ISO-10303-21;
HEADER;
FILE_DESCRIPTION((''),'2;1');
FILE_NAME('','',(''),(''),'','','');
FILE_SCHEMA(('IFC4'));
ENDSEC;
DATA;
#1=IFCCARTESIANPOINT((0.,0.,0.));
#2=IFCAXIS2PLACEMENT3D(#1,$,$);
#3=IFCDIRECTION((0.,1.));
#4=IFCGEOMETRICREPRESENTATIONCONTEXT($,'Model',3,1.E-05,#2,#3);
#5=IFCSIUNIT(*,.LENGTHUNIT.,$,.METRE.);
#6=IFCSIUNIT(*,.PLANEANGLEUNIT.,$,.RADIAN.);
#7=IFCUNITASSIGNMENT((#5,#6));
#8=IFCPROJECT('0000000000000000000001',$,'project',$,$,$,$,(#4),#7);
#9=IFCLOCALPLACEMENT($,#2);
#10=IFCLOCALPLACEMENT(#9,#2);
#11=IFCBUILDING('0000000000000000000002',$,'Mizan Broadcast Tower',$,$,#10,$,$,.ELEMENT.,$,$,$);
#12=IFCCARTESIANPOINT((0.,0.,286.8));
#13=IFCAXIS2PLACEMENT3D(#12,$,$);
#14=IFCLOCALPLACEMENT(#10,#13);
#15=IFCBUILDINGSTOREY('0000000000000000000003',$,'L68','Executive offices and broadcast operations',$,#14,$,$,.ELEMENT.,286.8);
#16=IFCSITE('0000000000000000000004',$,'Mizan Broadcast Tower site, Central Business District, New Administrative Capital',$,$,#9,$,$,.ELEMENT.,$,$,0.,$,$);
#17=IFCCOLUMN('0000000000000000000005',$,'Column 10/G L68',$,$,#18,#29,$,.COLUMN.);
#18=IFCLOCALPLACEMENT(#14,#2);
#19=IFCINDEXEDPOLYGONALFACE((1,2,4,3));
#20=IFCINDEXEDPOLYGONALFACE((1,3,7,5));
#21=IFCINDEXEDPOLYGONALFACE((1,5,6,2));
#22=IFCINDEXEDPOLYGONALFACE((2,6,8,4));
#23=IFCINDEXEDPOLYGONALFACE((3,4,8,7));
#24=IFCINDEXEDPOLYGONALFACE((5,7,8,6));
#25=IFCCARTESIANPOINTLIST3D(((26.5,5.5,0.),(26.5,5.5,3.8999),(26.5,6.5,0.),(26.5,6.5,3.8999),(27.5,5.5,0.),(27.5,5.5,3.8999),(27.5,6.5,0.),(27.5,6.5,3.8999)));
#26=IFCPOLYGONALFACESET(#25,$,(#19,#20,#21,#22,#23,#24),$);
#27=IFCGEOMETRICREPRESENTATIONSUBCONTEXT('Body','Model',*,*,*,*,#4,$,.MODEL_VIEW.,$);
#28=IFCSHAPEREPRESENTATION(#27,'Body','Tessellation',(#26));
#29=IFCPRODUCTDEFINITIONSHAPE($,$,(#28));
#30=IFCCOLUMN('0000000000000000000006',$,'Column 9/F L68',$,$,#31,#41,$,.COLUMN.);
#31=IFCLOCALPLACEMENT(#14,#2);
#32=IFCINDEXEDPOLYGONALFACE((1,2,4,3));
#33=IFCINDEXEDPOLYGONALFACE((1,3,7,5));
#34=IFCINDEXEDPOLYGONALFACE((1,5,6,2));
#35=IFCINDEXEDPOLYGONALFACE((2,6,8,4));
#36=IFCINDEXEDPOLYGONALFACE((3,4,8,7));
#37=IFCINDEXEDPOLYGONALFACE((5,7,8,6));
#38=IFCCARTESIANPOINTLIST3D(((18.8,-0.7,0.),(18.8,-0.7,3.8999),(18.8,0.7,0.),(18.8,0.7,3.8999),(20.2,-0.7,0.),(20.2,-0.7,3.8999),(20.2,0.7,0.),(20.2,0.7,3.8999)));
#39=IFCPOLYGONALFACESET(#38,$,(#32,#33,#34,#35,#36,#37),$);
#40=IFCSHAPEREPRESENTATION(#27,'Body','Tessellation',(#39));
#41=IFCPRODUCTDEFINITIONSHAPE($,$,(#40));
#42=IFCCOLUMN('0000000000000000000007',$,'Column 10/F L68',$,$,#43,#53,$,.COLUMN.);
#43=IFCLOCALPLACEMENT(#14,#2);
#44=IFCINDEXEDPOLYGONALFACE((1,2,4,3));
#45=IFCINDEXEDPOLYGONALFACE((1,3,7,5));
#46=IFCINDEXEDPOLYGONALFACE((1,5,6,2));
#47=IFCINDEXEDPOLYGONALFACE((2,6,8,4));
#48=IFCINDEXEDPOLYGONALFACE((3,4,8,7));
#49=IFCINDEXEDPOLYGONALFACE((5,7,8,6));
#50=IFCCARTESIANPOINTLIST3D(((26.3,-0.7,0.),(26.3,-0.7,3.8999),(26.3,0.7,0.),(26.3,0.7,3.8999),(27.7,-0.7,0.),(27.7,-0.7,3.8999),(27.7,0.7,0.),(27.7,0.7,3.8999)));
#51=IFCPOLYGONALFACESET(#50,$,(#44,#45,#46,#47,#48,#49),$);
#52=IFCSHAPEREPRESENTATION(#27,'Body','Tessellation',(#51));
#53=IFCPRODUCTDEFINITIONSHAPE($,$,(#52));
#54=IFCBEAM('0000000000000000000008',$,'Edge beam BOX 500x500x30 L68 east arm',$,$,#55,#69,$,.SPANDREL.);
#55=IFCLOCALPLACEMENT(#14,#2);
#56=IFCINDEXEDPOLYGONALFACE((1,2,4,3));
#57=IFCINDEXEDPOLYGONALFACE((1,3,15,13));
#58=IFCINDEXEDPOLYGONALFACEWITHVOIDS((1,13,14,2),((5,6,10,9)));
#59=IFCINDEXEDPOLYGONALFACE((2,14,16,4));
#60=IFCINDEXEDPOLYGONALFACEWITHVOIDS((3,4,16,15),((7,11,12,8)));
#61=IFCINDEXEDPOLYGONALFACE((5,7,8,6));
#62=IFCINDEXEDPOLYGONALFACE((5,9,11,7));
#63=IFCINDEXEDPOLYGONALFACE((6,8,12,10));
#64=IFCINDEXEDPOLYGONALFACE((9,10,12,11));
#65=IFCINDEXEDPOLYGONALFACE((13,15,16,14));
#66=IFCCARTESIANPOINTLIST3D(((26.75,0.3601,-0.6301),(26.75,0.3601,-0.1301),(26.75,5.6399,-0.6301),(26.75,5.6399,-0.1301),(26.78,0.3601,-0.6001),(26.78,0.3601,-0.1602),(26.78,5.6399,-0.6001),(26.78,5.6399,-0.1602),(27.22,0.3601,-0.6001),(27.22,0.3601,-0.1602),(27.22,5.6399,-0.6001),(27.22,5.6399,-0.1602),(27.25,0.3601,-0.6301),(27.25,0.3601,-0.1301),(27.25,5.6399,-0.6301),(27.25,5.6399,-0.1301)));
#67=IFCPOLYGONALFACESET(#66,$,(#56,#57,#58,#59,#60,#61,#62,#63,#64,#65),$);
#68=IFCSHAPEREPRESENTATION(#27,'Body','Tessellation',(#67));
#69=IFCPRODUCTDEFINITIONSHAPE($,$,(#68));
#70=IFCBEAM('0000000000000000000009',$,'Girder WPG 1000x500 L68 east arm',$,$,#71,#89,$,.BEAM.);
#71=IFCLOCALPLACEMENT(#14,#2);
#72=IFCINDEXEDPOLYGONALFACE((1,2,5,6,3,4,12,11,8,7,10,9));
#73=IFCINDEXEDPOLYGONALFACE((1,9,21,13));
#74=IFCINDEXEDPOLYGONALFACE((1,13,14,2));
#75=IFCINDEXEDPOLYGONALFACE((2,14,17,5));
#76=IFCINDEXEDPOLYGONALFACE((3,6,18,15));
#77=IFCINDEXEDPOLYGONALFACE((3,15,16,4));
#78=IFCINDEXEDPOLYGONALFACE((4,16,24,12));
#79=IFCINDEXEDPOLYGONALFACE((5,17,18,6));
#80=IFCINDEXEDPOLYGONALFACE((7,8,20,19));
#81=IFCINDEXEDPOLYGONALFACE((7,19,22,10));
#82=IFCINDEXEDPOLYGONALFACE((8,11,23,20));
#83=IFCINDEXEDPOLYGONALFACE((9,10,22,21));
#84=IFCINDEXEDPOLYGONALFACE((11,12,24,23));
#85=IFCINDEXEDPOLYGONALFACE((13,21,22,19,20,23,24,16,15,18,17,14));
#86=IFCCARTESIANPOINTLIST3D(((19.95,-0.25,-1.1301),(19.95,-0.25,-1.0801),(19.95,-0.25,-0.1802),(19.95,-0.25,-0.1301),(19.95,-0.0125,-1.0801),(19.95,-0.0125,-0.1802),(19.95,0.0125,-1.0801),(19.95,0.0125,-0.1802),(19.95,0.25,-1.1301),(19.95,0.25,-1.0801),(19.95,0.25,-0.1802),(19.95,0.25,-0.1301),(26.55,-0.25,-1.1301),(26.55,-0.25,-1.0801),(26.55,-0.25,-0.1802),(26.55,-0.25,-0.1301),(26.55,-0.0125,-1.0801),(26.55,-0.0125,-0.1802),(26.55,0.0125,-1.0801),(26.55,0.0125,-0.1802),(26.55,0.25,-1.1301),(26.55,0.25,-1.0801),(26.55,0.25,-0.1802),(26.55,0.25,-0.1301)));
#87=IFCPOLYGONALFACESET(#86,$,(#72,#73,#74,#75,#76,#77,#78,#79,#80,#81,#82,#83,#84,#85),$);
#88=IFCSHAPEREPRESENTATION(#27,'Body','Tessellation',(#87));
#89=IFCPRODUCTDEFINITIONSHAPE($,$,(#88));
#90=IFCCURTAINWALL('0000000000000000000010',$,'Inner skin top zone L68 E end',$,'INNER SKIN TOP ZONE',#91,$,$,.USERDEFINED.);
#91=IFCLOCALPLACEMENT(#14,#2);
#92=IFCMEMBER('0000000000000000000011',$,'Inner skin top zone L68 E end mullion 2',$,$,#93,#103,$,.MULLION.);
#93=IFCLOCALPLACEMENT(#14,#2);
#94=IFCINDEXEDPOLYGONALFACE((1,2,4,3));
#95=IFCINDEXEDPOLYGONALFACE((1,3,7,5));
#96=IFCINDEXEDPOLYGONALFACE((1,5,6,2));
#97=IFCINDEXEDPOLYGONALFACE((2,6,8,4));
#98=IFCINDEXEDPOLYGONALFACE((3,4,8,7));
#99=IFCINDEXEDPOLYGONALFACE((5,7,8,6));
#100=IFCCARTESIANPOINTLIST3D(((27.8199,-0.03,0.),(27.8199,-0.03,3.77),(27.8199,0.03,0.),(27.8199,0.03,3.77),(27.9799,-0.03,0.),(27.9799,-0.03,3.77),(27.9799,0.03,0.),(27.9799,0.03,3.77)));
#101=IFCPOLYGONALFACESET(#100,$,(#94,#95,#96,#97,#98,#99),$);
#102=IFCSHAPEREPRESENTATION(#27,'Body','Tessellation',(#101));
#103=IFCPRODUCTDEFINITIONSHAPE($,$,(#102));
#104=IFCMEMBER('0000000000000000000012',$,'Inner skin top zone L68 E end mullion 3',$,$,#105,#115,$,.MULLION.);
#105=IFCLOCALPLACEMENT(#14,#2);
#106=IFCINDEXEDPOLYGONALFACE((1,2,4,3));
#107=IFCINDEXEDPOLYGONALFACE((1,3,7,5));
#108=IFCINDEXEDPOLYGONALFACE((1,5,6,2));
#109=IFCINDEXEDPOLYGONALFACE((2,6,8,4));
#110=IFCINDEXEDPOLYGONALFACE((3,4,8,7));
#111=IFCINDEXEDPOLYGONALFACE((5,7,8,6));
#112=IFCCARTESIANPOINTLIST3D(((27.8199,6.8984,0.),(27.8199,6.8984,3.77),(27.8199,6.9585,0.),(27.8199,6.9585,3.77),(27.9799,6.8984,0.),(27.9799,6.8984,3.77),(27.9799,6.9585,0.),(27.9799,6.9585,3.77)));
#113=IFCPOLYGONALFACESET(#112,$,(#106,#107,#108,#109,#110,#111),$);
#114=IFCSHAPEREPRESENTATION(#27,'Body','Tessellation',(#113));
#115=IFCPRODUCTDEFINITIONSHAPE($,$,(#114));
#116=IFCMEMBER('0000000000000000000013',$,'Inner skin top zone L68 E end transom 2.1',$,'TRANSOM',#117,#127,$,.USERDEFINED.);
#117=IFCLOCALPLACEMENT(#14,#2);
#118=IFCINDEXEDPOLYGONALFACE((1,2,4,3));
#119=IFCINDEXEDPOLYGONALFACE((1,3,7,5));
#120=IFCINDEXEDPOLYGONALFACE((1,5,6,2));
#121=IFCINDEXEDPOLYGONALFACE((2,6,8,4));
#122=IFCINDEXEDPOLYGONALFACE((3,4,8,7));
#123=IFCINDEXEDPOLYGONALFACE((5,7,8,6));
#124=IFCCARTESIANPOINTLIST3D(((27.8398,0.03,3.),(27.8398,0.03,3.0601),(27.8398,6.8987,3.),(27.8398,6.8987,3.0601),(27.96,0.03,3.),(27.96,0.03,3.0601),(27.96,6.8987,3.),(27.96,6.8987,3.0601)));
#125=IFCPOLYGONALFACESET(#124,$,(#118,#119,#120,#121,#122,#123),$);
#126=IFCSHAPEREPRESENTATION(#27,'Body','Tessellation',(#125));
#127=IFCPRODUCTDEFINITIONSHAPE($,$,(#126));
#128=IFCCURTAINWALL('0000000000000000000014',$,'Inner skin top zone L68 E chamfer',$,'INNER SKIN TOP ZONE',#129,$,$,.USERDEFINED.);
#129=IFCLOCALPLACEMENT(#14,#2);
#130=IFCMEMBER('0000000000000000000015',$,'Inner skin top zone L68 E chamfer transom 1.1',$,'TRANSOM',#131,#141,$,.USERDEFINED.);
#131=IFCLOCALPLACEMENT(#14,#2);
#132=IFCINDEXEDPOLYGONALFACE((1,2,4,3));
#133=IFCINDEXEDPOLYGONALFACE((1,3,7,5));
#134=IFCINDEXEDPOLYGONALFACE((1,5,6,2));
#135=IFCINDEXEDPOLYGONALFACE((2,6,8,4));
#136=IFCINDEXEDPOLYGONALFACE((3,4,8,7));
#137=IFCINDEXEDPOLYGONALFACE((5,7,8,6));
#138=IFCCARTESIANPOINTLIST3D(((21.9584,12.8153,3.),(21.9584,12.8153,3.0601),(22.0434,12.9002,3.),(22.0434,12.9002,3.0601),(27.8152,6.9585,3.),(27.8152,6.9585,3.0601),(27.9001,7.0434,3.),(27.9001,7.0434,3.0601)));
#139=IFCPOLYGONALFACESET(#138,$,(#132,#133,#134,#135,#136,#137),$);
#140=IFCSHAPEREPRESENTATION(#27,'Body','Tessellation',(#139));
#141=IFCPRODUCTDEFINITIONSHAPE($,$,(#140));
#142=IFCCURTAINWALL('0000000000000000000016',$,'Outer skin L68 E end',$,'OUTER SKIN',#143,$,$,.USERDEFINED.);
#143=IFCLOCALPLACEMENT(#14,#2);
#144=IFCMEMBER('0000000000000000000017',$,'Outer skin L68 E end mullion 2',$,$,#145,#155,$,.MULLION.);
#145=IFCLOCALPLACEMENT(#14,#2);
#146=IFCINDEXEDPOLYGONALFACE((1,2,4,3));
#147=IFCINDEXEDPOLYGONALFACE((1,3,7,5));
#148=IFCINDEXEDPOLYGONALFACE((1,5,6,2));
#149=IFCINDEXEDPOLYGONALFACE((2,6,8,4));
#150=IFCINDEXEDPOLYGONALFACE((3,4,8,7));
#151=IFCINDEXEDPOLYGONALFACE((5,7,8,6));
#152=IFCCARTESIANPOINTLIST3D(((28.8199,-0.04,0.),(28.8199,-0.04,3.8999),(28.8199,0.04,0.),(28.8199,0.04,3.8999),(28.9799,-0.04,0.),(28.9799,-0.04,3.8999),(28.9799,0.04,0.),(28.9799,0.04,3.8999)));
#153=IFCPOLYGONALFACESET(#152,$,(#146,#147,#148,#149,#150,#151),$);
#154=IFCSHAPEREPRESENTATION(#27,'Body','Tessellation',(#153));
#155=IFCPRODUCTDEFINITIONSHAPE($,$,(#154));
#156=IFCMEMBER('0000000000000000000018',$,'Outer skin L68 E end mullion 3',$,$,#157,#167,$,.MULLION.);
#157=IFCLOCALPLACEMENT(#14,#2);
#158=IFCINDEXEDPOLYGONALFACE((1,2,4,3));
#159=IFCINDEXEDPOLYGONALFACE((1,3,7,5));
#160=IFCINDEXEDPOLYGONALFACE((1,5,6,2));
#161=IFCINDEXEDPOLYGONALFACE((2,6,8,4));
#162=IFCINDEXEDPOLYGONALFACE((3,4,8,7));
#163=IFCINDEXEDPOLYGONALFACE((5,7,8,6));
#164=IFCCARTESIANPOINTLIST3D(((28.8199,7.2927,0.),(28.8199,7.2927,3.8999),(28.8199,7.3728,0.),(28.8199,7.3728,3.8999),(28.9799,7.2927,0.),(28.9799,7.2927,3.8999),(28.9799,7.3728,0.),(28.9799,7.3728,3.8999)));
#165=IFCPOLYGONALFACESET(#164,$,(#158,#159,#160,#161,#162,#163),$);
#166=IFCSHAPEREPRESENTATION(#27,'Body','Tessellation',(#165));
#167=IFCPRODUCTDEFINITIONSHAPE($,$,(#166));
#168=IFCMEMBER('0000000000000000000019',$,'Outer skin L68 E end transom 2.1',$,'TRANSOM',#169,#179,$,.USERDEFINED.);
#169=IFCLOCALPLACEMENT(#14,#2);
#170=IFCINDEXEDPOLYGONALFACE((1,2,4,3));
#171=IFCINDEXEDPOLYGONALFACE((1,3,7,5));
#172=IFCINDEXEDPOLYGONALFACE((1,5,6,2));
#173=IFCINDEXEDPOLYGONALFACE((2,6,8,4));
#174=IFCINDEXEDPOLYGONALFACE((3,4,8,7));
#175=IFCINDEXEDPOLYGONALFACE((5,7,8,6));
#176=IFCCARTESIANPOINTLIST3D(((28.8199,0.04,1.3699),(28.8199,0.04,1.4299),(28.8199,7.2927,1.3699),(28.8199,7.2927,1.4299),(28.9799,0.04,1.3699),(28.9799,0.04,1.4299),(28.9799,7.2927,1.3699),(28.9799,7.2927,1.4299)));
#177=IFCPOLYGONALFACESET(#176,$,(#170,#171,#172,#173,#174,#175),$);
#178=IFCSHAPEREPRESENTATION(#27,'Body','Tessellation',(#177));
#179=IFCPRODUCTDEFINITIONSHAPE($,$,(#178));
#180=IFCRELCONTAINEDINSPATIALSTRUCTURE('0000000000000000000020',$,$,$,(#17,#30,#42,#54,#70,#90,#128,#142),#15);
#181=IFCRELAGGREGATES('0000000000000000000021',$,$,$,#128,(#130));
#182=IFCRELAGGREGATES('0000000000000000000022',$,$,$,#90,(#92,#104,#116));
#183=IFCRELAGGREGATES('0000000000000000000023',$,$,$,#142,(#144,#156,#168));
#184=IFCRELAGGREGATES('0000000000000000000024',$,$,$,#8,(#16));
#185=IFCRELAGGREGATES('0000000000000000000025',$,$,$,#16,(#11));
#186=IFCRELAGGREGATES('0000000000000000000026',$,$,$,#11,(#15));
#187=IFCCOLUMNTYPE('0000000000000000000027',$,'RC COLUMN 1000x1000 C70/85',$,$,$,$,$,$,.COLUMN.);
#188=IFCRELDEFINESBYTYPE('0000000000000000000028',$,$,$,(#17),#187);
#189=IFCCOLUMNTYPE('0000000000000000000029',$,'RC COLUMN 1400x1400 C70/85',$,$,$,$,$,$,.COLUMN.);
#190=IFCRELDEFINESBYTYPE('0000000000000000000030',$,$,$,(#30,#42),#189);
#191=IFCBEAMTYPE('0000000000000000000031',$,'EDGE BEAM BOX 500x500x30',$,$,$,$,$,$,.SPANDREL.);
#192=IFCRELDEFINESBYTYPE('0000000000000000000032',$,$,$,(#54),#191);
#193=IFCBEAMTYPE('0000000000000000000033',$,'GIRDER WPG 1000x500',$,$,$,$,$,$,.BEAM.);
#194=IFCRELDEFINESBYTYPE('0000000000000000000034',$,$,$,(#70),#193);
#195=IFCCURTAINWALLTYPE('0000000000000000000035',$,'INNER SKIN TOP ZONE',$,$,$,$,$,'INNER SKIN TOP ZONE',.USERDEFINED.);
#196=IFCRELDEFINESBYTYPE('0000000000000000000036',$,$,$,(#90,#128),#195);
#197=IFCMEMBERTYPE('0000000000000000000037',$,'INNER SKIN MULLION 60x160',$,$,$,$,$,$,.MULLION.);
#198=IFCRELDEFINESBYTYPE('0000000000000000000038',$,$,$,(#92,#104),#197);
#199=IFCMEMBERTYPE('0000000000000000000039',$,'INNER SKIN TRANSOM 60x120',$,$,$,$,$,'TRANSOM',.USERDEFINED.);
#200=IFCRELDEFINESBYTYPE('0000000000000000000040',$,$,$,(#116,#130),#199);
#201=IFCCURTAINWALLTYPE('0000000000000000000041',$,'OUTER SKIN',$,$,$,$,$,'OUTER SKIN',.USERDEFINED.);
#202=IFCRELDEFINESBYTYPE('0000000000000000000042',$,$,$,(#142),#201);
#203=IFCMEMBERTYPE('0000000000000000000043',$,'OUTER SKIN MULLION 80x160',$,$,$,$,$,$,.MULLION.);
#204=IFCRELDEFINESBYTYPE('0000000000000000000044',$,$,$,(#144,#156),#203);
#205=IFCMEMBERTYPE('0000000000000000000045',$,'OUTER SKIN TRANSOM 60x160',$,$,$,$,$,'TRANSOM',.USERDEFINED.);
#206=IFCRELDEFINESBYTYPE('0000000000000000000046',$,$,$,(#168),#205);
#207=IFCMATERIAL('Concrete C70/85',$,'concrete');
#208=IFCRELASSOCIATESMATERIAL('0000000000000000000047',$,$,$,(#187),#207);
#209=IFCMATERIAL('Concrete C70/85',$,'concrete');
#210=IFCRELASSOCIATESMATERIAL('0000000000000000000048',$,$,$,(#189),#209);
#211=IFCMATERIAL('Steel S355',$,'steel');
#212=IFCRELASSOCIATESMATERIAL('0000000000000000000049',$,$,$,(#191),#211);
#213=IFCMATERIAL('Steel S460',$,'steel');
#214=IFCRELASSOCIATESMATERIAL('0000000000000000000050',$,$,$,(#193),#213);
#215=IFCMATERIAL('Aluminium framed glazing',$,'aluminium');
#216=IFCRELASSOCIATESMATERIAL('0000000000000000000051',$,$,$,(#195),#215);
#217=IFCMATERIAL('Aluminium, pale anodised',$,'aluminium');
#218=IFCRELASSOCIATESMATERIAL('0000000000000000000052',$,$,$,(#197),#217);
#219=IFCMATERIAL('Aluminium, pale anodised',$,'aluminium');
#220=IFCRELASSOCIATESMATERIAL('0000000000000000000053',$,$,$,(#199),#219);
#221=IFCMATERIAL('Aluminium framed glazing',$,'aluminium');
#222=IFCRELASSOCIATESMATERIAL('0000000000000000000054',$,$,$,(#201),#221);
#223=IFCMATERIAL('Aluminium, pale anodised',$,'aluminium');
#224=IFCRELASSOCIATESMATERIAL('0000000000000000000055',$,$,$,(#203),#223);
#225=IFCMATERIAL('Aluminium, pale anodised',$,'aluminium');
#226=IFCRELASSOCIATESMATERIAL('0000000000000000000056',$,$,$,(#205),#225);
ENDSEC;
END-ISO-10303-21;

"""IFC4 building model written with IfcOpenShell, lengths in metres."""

from ifc_helpers import new_model, si_unit, direction, frame, origin, origin_2d, place, context, subcontext, project, spatial, rectangle, hollow_rectangle, i_section, extrude, material, material_profile, profile_set, type_object, element, aggregate, save


model = new_model("IFC4")

# Units and contexts
model_context = context("Model", 3, precision=1e-05, world=origin(), true_north=direction((0.0, 1.0)))
body_context = subcontext(model_context, "Body", "Model", "MODEL_VIEW")
ifc_project = project(units=[si_unit("LENGTHUNIT", "METRE"), si_unit("PLANEANGLEUNIT", "RADIAN")], contexts=[model_context])

# Site, building, storey
site_placement = place(None, origin())
site = spatial("IfcSite", under=ifc_project, at=site_placement, Name="Mizan Broadcast Tower site, Central Business District, New Administrative Capital", CompositionType="ELEMENT", RefElevation=0.0)
building_placement = place(site_placement, origin())
building = spatial("IfcBuilding", under=site, at=building_placement, Name="Mizan Broadcast Tower", CompositionType="ELEMENT")
storey_placement = place(building_placement, frame((0.0, 0.0, 286.8)))
storey = spatial("IfcBuildingStorey", under=building, at=storey_placement, Name="L68", Description="Executive offices and broadcast operations", CompositionType="ELEMENT", Elevation=286.8)

# Columns
ifc_material_1 = material(Name="Concrete C70/85", Category="concrete")
ifc_material_profile_1 = material_profile(ifc_material_1, rectangle(XDim=1.0, YDim=1.0, at=origin_2d()), Name="RC 1000x1000")
ifc_profile_set_1 = profile_set([ifc_material_profile_1], Name="Concrete C70/85")
column_type_1 = type_object("IfcColumnType", Name="RC COLUMN 1000x1000 C70/85", PredefinedType="COLUMN", material=ifc_profile_set_1)
column_placement = place(storey_placement, frame((27.0, 6.0, 0.0), z_axis=(0.0, 0.0, 1.0), x_axis=(1.0, 0.0, 0.0)))
element("IfcColumn", 1, at=column_placement, inside=storey, type_object=column_type_1, Name="Column 10/G L68", PredefinedType="COLUMN", context=body_context, shape_type="SweptSolid", body=[
    extrude(rectangle(XDim=1.0, YDim=1.0, at=origin_2d()), origin(), (0.0, 0.0, 1.0), 3.8999),
])
ifc_material_2 = material(Name="Concrete C70/85", Category="concrete")
ifc_material_profile_2 = material_profile(ifc_material_2, rectangle(XDim=1.3999, YDim=1.3999, at=origin_2d()), Name="RC 1400x1400")
ifc_profile_set_2 = profile_set([ifc_material_profile_2], Name="Concrete C70/85")
column_type_2 = type_object("IfcColumnType", Name="RC COLUMN 1400x1400 C70/85", PredefinedType="COLUMN", material=ifc_profile_set_2)
for number, where, z_axis, x_axis, name in (
    (2, (19.5, 0.0, 0.0), (0.0, 0.0, 1.0), (1.0, 0.0, 0.0), "Column 9/F L68"),
    (3, (27.0, 0.0, 0.0), (0.0, 0.0, 1.0), (1.0, 0.0, 0.0), "Column 10/F L68"),
):
    element("IfcColumn", number, at=place(storey_placement, frame(where, z_axis=z_axis, x_axis=x_axis)), inside=storey, type_object=column_type_2, Name=name, PredefinedType="COLUMN", context=body_context, shape_type="SweptSolid", body=[
        extrude(rectangle(XDim=1.3999, YDim=1.3999, at=origin_2d()), origin(), (0.0, 0.0, 1.0), 3.8999),
    ])

# Beams
ifc_material_3 = material(Name="Steel S355", Category="steel")
ifc_material_profile_3 = material_profile(ifc_material_3, hollow_rectangle(XDim=0.5, YDim=0.5, WallThickness=0.03, at=origin_2d()), Name="BOX 500x500x30")
ifc_profile_set_3 = profile_set([ifc_material_profile_3], Name="Steel S355")
beam_type_1 = type_object("IfcBeamType", Name="EDGE BEAM BOX 500x500x30", PredefinedType="SPANDREL", material=ifc_profile_set_3)
beam_1_placement = place(storey_placement, frame((27.0, 5.6399, -0.3801), z_axis=(0.0, -1.0, 0.0), x_axis=(1.0, 0.0, 0.0)))
element("IfcBeam", 4, at=beam_1_placement, inside=storey, type_object=beam_type_1, Name="Edge beam BOX 500x500x30 L68 east arm", PredefinedType="SPANDREL", context=body_context, shape_type="SweptSolid", body=[
    extrude(hollow_rectangle(XDim=0.5, YDim=0.5, WallThickness=0.03, at=origin_2d()), origin(), (0.0, 0.0, 1.0), 5.2798),
])
ifc_material_4 = material(Name="Steel S460", Category="steel")
ifc_material_profile_4 = material_profile(ifc_material_4, i_section(OverallWidth=0.5, OverallDepth=1.0, WebThickness=0.0249, FlangeThickness=0.05, at=origin_2d()), Name="WPG 1000x500")
ifc_profile_set_4 = profile_set([ifc_material_profile_4], Name="Steel S460")
beam_type_2 = type_object("IfcBeamType", Name="GIRDER WPG 1000x500", PredefinedType="BEAM", material=ifc_profile_set_4)
beam_2_placement = place(storey_placement, frame((19.95, 0.0, -0.6301), z_axis=(1.0, 0.0, 0.0), x_axis=(0.0, 1.0, 0.0)))
element("IfcBeam", 5, at=beam_2_placement, inside=storey, type_object=beam_type_2, Name="Girder WPG 1000x500 L68 east arm", PredefinedType="BEAM", context=body_context, shape_type="SweptSolid", body=[
    extrude(i_section(OverallWidth=0.5, OverallDepth=1.0, WebThickness=0.0249, FlangeThickness=0.05, at=origin_2d()), origin(), (0.0, 0.0, 1.0), 6.6001),
])

# Curtain wall, members
ifc_material_5 = material(Name="Aluminium framed glazing", Category="aluminium")
curtain_wall_type_1 = type_object("IfcCurtainWallType", Name="INNER SKIN TOP ZONE", ElementType="INNER SKIN TOP ZONE", PredefinedType="USERDEFINED", material=ifc_material_5)
curtain_wall_1_placement = place(storey_placement, origin())
curtain_wall_1 = element("IfcCurtainWall", 6, at=curtain_wall_1_placement, inside=storey, type_object=curtain_wall_type_1, Name="Inner skin top zone L68 E end", ObjectType="INNER SKIN TOP ZONE", PredefinedType="USERDEFINED")
ifc_material_6 = material(Name="Aluminium, pale anodised", Category="aluminium")
ifc_material_profile_5 = material_profile(ifc_material_6, rectangle(XDim=0.1599, YDim=0.0601, at=origin_2d()), Name="MULLION 160x60")
ifc_profile_set_5 = profile_set([ifc_material_profile_5], Name="Aluminium, pale anodised")
member_type_1 = type_object("IfcMemberType", Name="INNER SKIN MULLION 60x160", PredefinedType="MULLION", material=ifc_profile_set_5)
member_1_placement = place(storey_placement, frame((27.8999, 0.0, 0.0), z_axis=(0.0, 0.0, 1.0), x_axis=(-1.0, 0.0, 0.0)))
member_1 = element("IfcMember", 7, at=member_1_placement, type_object=member_type_1, Name="Inner skin top zone L68 E end mullion 2", PredefinedType="MULLION", context=body_context, shape_type="SweptSolid", body=[
    extrude(rectangle(XDim=0.1599, YDim=0.0601, at=origin_2d()), origin(), (0.0, 0.0, 1.0), 3.77),
])
member_2_placement = place(storey_placement, frame((27.8999, 6.9285, 0.0), z_axis=(0.0, 0.0, 1.0), x_axis=(-1.0, 0.0, 0.0)))
member_2 = element("IfcMember", 8, at=member_2_placement, type_object=member_type_1, Name="Inner skin top zone L68 E end mullion 3", PredefinedType="MULLION", context=body_context, shape_type="SweptSolid", body=[
    extrude(rectangle(XDim=0.1599, YDim=0.0601, at=origin_2d()), origin(), (0.0, 0.0, 1.0), 3.77),
])
ifc_material_7 = material(Name="Aluminium, pale anodised", Category="aluminium")
ifc_material_profile_6 = material_profile(ifc_material_7, rectangle(XDim=0.1201, YDim=0.0601, at=origin_2d()), Name="TRANSOM 120x60")
ifc_profile_set_6 = profile_set([ifc_material_profile_6], Name="Aluminium, pale anodised")
member_type_2 = type_object("IfcMemberType", Name="INNER SKIN TRANSOM 60x120", ElementType="TRANSOM", PredefinedType="USERDEFINED", material=ifc_profile_set_6)
member_3_placement = place(storey_placement, frame((27.8999, 0.03, 3.03), z_axis=(0.0, 1.0, 0.0), x_axis=(-1.0, 0.0, 0.0)))
member_3 = element("IfcMember", 9, at=member_3_placement, type_object=member_type_2, Name="Inner skin top zone L68 E end transom 2.1", ObjectType="TRANSOM", PredefinedType="USERDEFINED", context=body_context, shape_type="SweptSolid", body=[
    extrude(rectangle(XDim=0.1201, YDim=0.0601, at=origin_2d()), origin(), (0.0, 0.0, 1.0), 6.8687),
])

# Curtain wall, member
curtain_wall_2_placement = place(storey_placement, origin())
curtain_wall_2 = element("IfcCurtainWall", 10, at=curtain_wall_2_placement, inside=storey, type_object=curtain_wall_type_1, Name="Inner skin top zone L68 E chamfer", ObjectType="INNER SKIN TOP ZONE", PredefinedType="USERDEFINED")
member_4_placement = place(storey_placement, frame((27.8577, 7.001, 3.03), z_axis=(-0.707107, 0.707107, 0.0), x_axis=(-0.707107, -0.707107, 0.0)))
member_4 = element("IfcMember", 11, at=member_4_placement, type_object=member_type_2, Name="Inner skin top zone L68 E chamfer transom 1.1", ObjectType="TRANSOM", PredefinedType="USERDEFINED", context=body_context, shape_type="SweptSolid", body=[
    extrude(rectangle(XDim=0.1201, YDim=0.0601, at=origin_2d()), origin(), (0.0, 0.0, 1.0), 8.2827),
])
aggregate(curtain_wall_2, [member_4])

# Curtain wall, members
ifc_material_8 = material(Name="Aluminium framed glazing", Category="aluminium")
curtain_wall_type_2 = type_object("IfcCurtainWallType", Name="OUTER SKIN", ElementType="OUTER SKIN", PredefinedType="USERDEFINED", material=ifc_material_8)
curtain_wall_3_placement = place(storey_placement, origin())
curtain_wall_3 = element("IfcCurtainWall", 12, at=curtain_wall_3_placement, inside=storey, type_object=curtain_wall_type_2, Name="Outer skin L68 E end", ObjectType="OUTER SKIN", PredefinedType="USERDEFINED")
ifc_material_9 = material(Name="Aluminium, pale anodised", Category="aluminium")
ifc_material_profile_7 = material_profile(ifc_material_9, rectangle(XDim=0.1599, YDim=0.0801, at=origin_2d()), Name="MULLION 160x80")
ifc_profile_set_7 = profile_set([ifc_material_profile_7], Name="Aluminium, pale anodised")
member_type_3 = type_object("IfcMemberType", Name="OUTER SKIN MULLION 80x160", PredefinedType="MULLION", material=ifc_profile_set_7)
member_5_placement = place(storey_placement, frame((28.8999, 0.0, 0.0), z_axis=(0.0, 0.0, 1.0), x_axis=(-1.0, 0.0, 0.0)))
member_5 = element("IfcMember", 13, at=member_5_placement, type_object=member_type_3, Name="Outer skin L68 E end mullion 2", PredefinedType="MULLION", context=body_context, shape_type="SweptSolid", body=[
    extrude(rectangle(XDim=0.1599, YDim=0.0801, at=origin_2d()), origin(), (0.0, 0.0, 1.0), 3.8999),
])
member_6_placement = place(storey_placement, frame((28.8999, 7.3328, 0.0), z_axis=(0.0, 0.0, 1.0), x_axis=(-1.0, 0.0, 0.0)))
member_6 = element("IfcMember", 14, at=member_6_placement, type_object=member_type_3, Name="Outer skin L68 E end mullion 3", PredefinedType="MULLION", context=body_context, shape_type="SweptSolid", body=[
    extrude(rectangle(XDim=0.1599, YDim=0.0801, at=origin_2d()), origin(), (0.0, 0.0, 1.0), 3.8999),
])
ifc_material_10 = material(Name="Aluminium, pale anodised", Category="aluminium")
ifc_material_profile_8 = material_profile(ifc_material_10, rectangle(XDim=0.1599, YDim=0.0601, at=origin_2d()), Name="TRANSOM 160x60")
ifc_profile_set_8 = profile_set([ifc_material_profile_8], Name="Aluminium, pale anodised")
member_type_4 = type_object("IfcMemberType", Name="OUTER SKIN TRANSOM 60x160", ElementType="TRANSOM", PredefinedType="USERDEFINED", material=ifc_profile_set_8)
member_7_placement = place(storey_placement, frame((28.8999, 0.04, 1.3999), z_axis=(0.0, 1.0, 0.0), x_axis=(-1.0, 0.0, 0.0)))
member_7 = element("IfcMember", 15, at=member_7_placement, type_object=member_type_4, Name="Outer skin L68 E end transom 2.1", ObjectType="TRANSOM", PredefinedType="USERDEFINED", context=body_context, shape_type="SweptSolid", body=[
    extrude(rectangle(XDim=0.1599, YDim=0.0601, at=origin_2d()), origin(), (0.0, 0.0, 1.0), 7.2527),
])

aggregate(curtain_wall_1, [member_1, member_2, member_3])
aggregate(curtain_wall_3, [member_5, member_6, member_7])

save(model, "model.ifc")
